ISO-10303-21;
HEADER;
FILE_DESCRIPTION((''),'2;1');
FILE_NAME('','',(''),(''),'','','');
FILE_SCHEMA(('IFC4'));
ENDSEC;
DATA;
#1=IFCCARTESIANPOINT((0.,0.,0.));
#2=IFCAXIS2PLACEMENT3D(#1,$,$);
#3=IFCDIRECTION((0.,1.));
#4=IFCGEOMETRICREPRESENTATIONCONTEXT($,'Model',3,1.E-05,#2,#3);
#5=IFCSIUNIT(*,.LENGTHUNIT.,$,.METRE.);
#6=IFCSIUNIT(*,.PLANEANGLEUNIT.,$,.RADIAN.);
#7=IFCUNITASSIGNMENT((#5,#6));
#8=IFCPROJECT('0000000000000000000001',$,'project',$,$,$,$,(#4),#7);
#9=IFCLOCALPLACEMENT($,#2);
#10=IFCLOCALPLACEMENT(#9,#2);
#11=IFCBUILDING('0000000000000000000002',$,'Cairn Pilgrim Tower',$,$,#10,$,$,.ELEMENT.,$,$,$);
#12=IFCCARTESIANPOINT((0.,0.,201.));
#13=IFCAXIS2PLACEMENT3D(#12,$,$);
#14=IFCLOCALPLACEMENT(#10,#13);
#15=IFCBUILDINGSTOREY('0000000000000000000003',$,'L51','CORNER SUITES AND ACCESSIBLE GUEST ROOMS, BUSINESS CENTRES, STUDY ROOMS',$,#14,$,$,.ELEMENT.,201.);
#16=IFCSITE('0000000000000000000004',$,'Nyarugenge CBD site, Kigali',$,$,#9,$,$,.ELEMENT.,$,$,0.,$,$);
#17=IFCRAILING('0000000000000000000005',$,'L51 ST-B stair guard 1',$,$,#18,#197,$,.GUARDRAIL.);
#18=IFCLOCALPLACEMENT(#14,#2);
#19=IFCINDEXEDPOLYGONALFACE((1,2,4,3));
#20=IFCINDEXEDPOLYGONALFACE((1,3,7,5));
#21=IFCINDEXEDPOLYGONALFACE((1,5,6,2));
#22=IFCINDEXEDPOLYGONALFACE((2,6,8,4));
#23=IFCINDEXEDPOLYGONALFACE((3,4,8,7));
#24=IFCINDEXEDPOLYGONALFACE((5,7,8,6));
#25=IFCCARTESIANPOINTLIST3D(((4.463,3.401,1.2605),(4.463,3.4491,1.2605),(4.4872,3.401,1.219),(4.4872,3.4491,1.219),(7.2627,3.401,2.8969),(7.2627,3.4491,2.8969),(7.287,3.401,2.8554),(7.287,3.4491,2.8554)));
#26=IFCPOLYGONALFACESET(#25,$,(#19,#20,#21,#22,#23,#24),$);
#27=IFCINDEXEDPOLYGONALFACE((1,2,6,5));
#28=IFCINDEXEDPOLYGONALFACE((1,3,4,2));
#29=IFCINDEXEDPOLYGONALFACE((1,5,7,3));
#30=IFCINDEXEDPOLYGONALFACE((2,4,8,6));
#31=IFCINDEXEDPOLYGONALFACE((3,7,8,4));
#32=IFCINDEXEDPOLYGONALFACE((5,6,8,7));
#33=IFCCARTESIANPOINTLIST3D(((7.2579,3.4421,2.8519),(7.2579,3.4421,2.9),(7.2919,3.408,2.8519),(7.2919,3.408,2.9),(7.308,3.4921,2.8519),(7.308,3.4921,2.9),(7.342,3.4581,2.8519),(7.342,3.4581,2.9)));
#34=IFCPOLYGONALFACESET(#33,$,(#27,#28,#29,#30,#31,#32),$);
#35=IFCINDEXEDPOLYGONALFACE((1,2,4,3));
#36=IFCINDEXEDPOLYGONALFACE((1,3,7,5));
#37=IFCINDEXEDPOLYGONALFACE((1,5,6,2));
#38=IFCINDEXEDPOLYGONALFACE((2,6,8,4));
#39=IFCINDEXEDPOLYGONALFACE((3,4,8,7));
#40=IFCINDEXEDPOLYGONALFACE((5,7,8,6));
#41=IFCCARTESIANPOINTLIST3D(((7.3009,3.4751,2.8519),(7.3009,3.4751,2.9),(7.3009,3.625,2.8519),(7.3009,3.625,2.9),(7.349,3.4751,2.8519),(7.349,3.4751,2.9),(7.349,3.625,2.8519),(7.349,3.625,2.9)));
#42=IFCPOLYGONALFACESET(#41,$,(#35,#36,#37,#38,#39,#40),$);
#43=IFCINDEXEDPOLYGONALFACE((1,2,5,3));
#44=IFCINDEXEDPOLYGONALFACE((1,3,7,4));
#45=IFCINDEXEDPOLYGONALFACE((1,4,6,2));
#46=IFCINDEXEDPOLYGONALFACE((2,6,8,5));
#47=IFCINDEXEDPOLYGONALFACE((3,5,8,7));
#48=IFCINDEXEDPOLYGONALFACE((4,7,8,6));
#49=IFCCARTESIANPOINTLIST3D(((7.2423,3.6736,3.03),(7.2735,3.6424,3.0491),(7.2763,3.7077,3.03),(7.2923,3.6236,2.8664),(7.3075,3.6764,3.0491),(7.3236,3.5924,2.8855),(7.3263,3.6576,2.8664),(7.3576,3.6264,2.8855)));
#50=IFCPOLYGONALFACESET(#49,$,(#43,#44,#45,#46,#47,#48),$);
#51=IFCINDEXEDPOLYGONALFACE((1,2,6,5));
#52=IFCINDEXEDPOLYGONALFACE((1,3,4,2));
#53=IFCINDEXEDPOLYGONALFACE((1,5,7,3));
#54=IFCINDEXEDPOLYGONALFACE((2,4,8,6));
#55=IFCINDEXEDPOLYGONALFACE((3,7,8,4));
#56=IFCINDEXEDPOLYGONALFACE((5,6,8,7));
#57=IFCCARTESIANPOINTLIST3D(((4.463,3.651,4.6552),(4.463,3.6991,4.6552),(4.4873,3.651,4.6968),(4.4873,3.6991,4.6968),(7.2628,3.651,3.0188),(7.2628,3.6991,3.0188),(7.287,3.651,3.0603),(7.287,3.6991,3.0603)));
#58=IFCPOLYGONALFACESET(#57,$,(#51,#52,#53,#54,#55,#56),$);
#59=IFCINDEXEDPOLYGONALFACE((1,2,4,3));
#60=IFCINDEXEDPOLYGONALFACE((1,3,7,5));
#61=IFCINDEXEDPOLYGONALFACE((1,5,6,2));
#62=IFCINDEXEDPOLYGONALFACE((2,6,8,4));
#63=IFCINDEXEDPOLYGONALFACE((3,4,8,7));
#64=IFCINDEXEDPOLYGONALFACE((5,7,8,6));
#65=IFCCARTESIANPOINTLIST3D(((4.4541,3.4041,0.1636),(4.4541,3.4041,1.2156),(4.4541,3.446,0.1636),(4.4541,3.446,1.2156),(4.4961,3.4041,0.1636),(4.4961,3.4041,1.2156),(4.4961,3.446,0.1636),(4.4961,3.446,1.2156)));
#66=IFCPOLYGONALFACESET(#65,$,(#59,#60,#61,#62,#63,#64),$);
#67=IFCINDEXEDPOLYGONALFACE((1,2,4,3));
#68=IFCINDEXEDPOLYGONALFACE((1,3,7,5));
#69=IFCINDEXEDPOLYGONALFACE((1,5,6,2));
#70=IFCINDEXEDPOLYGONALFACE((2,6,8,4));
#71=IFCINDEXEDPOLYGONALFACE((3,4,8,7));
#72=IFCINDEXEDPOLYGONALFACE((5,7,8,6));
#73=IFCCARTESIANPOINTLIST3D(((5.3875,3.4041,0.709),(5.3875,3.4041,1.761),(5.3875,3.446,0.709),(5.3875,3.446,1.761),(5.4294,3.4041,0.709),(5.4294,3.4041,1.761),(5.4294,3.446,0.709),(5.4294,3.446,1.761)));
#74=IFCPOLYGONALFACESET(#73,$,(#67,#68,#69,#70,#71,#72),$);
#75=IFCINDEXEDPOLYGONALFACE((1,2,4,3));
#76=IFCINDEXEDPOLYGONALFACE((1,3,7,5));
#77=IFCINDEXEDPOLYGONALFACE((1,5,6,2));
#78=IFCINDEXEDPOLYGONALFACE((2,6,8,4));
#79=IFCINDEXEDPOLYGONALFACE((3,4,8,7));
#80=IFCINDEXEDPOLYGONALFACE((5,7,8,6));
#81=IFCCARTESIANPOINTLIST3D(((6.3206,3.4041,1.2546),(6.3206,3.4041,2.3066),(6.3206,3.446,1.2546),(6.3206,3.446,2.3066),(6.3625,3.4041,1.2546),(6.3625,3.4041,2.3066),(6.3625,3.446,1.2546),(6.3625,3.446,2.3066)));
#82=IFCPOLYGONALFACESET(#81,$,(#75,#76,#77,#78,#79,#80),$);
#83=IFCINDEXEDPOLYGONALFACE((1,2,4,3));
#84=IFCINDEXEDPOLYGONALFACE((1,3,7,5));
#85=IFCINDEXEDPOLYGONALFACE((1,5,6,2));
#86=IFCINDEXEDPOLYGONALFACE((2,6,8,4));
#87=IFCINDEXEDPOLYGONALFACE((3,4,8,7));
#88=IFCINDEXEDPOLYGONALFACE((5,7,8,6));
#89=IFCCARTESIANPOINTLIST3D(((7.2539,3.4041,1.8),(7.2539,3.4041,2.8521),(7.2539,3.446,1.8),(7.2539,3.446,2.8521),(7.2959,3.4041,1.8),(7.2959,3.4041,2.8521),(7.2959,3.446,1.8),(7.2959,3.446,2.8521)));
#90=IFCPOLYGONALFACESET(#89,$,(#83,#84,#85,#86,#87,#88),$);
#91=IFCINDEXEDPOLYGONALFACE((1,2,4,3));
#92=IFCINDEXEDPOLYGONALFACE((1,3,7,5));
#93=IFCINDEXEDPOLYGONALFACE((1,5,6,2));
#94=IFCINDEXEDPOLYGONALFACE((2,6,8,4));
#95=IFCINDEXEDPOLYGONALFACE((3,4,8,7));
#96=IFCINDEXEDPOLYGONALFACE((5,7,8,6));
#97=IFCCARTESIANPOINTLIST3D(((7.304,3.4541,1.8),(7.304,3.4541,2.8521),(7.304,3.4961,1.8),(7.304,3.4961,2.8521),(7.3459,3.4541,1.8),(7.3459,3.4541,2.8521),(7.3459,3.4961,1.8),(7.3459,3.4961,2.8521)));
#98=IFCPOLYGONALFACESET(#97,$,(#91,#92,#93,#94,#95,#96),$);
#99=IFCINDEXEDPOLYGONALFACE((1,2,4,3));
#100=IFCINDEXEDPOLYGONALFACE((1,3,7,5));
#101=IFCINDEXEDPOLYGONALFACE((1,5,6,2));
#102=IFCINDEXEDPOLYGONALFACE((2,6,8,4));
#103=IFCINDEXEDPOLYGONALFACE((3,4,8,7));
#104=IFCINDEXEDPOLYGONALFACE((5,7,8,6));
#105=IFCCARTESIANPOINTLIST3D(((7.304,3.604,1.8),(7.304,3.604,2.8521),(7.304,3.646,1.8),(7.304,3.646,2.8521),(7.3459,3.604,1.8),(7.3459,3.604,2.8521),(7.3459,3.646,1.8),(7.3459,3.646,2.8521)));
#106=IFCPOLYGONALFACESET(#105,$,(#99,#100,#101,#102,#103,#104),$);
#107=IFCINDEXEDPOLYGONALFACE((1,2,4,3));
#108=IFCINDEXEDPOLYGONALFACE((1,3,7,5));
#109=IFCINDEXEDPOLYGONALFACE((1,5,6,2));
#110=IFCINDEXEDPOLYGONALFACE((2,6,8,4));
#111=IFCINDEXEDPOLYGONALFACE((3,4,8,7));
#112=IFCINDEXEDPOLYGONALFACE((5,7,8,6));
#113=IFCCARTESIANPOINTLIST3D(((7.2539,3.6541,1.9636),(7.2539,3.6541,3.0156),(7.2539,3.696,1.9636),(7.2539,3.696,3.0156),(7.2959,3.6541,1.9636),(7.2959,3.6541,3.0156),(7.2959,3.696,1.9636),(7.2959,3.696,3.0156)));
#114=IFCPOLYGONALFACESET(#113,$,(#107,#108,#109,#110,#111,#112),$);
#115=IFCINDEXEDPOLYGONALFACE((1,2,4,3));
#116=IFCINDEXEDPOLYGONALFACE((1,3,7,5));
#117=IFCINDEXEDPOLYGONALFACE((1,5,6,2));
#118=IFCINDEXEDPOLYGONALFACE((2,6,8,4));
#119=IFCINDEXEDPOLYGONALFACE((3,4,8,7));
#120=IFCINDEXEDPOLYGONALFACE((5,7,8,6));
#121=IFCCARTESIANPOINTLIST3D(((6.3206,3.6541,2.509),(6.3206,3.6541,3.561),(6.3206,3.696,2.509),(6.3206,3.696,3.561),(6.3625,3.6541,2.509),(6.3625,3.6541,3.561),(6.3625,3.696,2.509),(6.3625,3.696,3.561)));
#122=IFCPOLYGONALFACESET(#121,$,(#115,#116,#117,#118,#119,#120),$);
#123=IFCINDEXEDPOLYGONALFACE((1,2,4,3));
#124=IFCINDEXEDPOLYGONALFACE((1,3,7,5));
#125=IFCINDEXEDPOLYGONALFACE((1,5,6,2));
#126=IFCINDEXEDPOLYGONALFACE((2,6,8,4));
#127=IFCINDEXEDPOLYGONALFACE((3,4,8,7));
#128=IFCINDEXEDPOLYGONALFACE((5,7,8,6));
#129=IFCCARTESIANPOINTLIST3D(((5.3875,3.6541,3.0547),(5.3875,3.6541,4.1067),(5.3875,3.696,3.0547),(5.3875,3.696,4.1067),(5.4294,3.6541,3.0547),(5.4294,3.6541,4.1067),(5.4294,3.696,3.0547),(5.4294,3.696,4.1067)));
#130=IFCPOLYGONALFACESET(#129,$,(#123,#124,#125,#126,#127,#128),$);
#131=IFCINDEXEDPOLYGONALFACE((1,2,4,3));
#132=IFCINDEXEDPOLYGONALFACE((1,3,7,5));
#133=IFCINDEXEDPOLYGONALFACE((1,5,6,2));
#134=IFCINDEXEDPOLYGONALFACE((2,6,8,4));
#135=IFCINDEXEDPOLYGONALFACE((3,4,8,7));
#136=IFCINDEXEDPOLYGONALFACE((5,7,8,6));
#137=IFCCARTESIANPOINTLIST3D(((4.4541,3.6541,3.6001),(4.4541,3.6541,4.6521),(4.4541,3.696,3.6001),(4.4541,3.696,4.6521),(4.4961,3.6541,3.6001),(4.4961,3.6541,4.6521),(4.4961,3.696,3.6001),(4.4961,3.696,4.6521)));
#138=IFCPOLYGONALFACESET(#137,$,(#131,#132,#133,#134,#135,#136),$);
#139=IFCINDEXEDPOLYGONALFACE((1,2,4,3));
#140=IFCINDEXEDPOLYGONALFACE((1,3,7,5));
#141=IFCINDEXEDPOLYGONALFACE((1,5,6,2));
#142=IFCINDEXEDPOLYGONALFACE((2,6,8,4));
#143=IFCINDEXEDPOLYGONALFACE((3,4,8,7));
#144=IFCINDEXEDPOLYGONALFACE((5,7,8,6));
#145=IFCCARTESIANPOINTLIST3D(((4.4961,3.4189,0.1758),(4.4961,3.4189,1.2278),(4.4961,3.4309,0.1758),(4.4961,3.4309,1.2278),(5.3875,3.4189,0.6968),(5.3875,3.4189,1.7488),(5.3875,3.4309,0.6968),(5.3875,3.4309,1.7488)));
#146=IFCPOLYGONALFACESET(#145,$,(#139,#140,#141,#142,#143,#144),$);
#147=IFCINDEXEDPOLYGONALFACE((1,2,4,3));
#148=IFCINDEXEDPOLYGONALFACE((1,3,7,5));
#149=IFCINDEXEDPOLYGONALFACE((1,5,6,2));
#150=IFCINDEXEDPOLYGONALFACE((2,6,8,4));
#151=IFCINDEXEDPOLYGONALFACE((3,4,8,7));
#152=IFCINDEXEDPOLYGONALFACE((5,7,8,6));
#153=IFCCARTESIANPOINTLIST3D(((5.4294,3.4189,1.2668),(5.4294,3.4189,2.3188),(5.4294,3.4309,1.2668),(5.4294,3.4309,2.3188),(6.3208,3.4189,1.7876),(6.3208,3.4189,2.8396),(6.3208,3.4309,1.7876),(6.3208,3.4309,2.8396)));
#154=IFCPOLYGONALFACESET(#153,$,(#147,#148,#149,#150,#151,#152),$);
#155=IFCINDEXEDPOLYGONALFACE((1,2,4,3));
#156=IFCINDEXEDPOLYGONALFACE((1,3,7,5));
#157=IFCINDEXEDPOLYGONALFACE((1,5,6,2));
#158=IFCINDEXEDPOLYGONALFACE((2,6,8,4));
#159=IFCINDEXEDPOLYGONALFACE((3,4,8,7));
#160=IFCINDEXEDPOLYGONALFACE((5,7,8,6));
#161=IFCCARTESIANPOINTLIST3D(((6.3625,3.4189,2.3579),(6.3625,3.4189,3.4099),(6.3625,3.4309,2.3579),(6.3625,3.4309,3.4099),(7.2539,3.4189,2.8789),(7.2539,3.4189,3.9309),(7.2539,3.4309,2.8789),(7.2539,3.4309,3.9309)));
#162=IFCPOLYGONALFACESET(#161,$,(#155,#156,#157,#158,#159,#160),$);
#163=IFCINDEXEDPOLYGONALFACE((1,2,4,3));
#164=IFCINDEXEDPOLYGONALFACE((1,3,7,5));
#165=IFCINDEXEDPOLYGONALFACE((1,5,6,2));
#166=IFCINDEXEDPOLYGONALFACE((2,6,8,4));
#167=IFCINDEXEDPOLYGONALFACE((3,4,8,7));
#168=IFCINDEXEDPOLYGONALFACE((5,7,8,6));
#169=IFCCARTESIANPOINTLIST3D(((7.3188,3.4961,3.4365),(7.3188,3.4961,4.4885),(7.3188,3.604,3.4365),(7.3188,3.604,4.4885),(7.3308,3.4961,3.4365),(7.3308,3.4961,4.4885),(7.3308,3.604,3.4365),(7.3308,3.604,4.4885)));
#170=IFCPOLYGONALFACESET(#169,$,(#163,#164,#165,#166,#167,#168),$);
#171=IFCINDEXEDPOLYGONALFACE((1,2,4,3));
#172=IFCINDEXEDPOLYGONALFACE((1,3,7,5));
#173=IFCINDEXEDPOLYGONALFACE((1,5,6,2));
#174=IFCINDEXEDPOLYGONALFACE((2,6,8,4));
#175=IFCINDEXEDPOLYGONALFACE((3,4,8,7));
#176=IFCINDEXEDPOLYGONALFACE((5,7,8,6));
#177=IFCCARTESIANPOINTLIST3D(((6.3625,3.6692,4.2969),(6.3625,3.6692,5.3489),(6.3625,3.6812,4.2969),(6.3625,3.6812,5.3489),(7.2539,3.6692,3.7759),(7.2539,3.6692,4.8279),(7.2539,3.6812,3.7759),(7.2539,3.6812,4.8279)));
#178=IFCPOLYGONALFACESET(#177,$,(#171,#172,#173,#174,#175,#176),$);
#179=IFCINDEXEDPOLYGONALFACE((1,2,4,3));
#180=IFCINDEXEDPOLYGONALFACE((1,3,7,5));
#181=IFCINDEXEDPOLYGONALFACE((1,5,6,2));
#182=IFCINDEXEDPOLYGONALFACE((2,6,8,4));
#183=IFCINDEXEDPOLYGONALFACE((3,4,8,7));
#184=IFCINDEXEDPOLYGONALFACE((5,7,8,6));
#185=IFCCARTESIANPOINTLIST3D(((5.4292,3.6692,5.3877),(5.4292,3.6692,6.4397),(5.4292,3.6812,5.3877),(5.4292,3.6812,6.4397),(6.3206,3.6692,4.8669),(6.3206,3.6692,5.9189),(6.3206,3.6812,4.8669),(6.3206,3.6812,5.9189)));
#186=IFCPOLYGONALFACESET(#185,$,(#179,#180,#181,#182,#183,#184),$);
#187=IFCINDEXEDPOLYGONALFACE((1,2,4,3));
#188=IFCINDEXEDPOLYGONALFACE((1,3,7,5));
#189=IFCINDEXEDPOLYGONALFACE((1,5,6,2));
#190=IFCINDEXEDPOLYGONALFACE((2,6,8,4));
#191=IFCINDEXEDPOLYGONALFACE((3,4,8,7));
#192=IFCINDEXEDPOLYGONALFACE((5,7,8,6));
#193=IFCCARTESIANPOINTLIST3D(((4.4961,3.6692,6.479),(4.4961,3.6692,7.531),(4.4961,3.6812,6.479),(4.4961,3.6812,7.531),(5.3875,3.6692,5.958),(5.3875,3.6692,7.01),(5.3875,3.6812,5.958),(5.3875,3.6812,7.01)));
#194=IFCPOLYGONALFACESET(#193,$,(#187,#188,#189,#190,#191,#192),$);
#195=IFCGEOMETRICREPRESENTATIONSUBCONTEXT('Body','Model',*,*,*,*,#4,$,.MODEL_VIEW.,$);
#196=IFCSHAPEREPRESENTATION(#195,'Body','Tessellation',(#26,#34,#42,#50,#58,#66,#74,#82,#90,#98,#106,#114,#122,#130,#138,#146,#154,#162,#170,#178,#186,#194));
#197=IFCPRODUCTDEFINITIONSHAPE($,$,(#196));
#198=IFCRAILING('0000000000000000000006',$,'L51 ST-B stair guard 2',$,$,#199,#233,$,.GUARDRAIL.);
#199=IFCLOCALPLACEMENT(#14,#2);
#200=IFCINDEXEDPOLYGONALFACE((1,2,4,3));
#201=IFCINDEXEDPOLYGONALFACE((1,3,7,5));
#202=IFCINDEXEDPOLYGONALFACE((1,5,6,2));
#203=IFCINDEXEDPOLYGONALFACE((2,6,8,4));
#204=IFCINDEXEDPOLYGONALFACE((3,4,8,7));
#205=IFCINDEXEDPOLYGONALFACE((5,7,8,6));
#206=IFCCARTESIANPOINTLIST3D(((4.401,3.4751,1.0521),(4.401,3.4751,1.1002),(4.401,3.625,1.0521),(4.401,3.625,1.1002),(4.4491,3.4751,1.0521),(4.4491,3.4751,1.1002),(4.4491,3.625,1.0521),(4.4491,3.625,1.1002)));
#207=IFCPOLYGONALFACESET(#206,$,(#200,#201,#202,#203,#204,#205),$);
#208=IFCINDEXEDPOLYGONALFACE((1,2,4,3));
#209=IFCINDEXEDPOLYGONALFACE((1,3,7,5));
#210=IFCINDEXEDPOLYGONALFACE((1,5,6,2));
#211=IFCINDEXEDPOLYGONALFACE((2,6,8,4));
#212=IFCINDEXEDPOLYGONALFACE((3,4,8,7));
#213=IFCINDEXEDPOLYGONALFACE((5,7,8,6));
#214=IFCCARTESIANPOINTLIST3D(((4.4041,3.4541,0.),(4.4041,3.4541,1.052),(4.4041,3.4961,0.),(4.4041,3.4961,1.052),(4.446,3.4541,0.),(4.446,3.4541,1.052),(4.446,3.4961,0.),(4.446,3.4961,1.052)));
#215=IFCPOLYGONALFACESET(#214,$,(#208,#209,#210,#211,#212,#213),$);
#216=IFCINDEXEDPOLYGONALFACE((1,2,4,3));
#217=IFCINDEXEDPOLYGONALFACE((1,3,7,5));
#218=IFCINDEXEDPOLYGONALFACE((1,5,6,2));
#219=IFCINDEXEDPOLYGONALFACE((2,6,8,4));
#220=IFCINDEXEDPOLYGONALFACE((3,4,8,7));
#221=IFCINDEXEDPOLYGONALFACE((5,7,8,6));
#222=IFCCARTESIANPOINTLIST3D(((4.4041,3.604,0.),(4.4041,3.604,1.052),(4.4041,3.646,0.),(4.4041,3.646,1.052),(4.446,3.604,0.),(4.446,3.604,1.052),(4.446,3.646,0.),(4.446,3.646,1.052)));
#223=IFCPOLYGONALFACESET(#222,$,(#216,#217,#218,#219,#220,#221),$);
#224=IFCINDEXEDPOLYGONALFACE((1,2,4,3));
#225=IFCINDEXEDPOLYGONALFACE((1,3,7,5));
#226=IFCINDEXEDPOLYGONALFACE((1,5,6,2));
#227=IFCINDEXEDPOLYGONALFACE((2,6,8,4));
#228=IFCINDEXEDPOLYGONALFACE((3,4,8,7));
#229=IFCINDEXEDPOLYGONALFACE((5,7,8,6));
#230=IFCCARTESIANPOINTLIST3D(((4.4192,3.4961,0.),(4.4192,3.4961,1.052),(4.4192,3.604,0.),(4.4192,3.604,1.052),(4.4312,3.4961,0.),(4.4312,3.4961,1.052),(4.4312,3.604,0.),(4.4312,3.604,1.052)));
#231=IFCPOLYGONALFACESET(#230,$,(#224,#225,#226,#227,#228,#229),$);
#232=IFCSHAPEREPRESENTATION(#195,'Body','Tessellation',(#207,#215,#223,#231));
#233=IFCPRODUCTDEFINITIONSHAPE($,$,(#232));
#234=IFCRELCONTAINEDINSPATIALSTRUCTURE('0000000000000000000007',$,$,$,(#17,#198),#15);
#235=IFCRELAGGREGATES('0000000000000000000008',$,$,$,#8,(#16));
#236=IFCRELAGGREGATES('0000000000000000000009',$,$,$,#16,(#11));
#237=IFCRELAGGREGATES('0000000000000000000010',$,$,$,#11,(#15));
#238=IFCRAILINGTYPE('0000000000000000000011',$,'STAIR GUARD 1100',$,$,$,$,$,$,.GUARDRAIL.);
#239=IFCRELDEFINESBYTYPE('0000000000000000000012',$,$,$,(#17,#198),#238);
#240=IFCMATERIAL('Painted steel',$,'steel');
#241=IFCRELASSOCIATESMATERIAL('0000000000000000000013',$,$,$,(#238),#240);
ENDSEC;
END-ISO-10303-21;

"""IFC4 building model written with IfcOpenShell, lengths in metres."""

from ifc_helpers import new_model, si_unit, direction, frame, origin, origin_2d, place, context, subcontext, project, spatial, polyline, rectangle, outline, extrude, material, type_object, element, save


model = new_model("IFC4")

# Units and contexts
model_context = context("Model", 3, precision=1e-05, world=origin(), true_north=direction((0.0, 1.0)))
body_context = subcontext(model_context, "Body", "Model", "MODEL_VIEW")
ifc_project = project(units=[si_unit("LENGTHUNIT", "METRE"), si_unit("PLANEANGLEUNIT", "RADIAN")], contexts=[model_context])

# Site, building, storey
site_placement = place(None, origin())
site = spatial("IfcSite", under=ifc_project, at=site_placement, Name="Nyarugenge CBD site, Kigali", CompositionType="ELEMENT", RefElevation=0.0)
building_placement = place(site_placement, origin())
building = spatial("IfcBuilding", under=site, at=building_placement, Name="Cairn Pilgrim Tower", CompositionType="ELEMENT")
storey_placement = place(building_placement, frame((0.0, 0.0, 201.0)))
storey = spatial("IfcBuildingStorey", under=building, at=storey_placement, Name="L51", Description="CORNER SUITES AND ACCESSIBLE GUEST ROOMS, BUSINESS CENTRES, STUDY ROOMS", CompositionType="ELEMENT", Elevation=201.0)

# Shared definitions
ifc_material_1 = material(Name="Painted steel", Category="steel")

# Railings
railing_type_1 = type_object("IfcRailingType", Name="STAIR GUARD 1100", PredefinedType="GUARDRAIL", material=ifc_material_1)
railing_1_placement = place(storey_placement, frame((4.4751, 3.425, 0.1636)))
element("IfcRailing", 1, at=railing_1_placement, inside=storey, type_object=railing_type_1, Name="L51 ST-B stair guard 1", PredefinedType="GUARDRAIL", context=body_context, shape_type="SweptSolid", body=[
    extrude(rectangle(XDim=0.0481, YDim=0.0481, at=origin_2d()), frame((0.0, 0.0, 1.0762), z_axis=(0.863342, 0.0, 0.50462), x_axis=(0.0, 1.0, 0.0)), (0.0, 0.0, 1.0), 3.2429),
    extrude(rectangle(XDim=0.0481, YDim=0.0481, at=origin_2d()), frame((2.7998, 0.0, 2.7124), z_axis=(0.707107, 0.707107, 0.0), x_axis=(-0.707107, 0.707107, 0.0)), (0.0, 0.0, 1.0), 0.0708),
    extrude(rectangle(XDim=0.0481, YDim=0.0481, at=origin_2d()), frame((2.8499, 0.05, 2.7124), z_axis=(0.0, 1.0, 0.0), x_axis=(-1.0, 0.0, 0.0)), (0.0, 0.0, 1.0), 0.1499),
    extrude(rectangle(XDim=0.0481, YDim=0.0481, at=origin_2d()), frame((2.8499, 0.2, 2.7124), z_axis=(-0.280809, 0.280809, 0.917765), x_axis=(-0.707107, -0.707107, 0.0)), (0.0, 0.0, 1.0), 0.1782),
    extrude(rectangle(XDim=0.0481, YDim=0.0481, at=origin_2d()), frame((2.7998, 0.25, 2.876), z_axis=(-0.863342, 0.0, 0.50462), x_axis=(0.0, -1.0, 0.0)), (0.0, 0.0, 1.0), 3.2429),
    extrude(rectangle(XDim=0.042, YDim=0.042, at=origin_2d()), origin(), (0.0, 0.0, 1.0), 1.052),
    extrude(rectangle(XDim=0.042, YDim=0.042, at=origin_2d()), frame((0.9333, 0.0, 0.5454)), (0.0, 0.0, 1.0), 1.052),
    extrude(rectangle(XDim=0.042, YDim=0.042, at=origin_2d()), frame((1.8665, 0.0, 1.0911)), (0.0, 0.0, 1.0), 1.052),
    extrude(rectangle(XDim=0.042, YDim=0.042, at=origin_2d()), frame((2.7998, 0.0, 1.6365)), (0.0, 0.0, 1.0), 1.052),
    extrude(rectangle(XDim=0.042, YDim=0.042, at=origin_2d()), frame((2.8499, 0.05, 1.6365)), (0.0, 0.0, 1.0), 1.052),
    extrude(rectangle(XDim=0.042, YDim=0.042, at=origin_2d()), frame((2.8499, 0.2, 1.6365)), (0.0, 0.0, 1.0), 1.052),
    extrude(rectangle(XDim=0.042, YDim=0.042, at=origin_2d()), frame((2.7998, 0.25, 1.8)), (0.0, 0.0, 1.0), 1.052),
    extrude(rectangle(XDim=0.042, YDim=0.042, at=origin_2d()), frame((1.8665, 0.25, 2.3455)), (0.0, 0.0, 1.0), 1.052),
    extrude(rectangle(XDim=0.042, YDim=0.042, at=origin_2d()), frame((0.9333, 0.25, 2.8911)), (0.0, 0.0, 1.0), 1.052),
    extrude(rectangle(XDim=0.042, YDim=0.042, at=origin_2d()), frame((0.0, 0.25, 3.4365)), (0.0, 0.0, 1.0), 1.052),
    extrude(outline(polyline([(0.021, 0.0122), (0.9124, 0.5332), (0.9124, 1.5852), (0.021, 1.0642), (0.021, 0.0122)])), frame((0.0, 0.0059, 0.0), z_axis=(0.0, -1.0, 0.0), x_axis=(1.0, 0.0, 0.0)), (0.0, 0.0, 1.0), 0.012),
    extrude(outline(polyline([(0.021, 0.5579), (0.9124, 1.0786), (0.9124, 2.1306), (0.021, 1.6099), (0.021, 0.5579)])), frame((0.9333, 0.0059, 0.5454), z_axis=(0.0, -1.0, 0.0), x_axis=(1.0, 0.0, 0.0)), (0.0, 0.0, 1.0), 0.012),
    extrude(outline(polyline([(0.021, 1.1033), (0.9124, 1.6243), (0.9124, 2.6763), (0.021, 2.1553), (0.021, 1.1033)])), frame((1.8665, 0.0059, 1.0911), z_axis=(0.0, -1.0, 0.0), x_axis=(1.0, 0.0, 0.0)), (0.0, 0.0, 1.0), 0.012),
    extrude(outline(polyline([(0.021, 1.6365), (0.1289, 1.6365), (0.1289, 2.6885), (0.021, 2.6885), (0.021, 1.6365)])), frame((2.8438, 0.05, 1.6365), z_axis=(1.0, 0.0, 0.0), x_axis=(0.0, 1.0, 0.0)), (0.0, 0.0, 1.0), 0.012),
    extrude(outline(polyline([(0.021, 1.8123), (0.9124, 2.3333), (0.9124, 3.3853), (0.021, 2.8643), (0.021, 1.8123)])), frame((2.7998, 0.2441, 1.8), z_axis=(0.0, 1.0, 0.0), x_axis=(-1.0, 0.0, 0.0)), (0.0, 0.0, 1.0), 0.012),
    extrude(outline(polyline([(0.021, 2.3579), (0.9124, 2.8787), (0.9124, 3.9307), (0.021, 3.4099), (0.021, 2.3579)])), frame((1.8665, 0.2441, 2.3455), z_axis=(0.0, 1.0, 0.0), x_axis=(-1.0, 0.0, 0.0)), (0.0, 0.0, 1.0), 0.012),
    extrude(outline(polyline([(0.021, 2.9033), (0.9124, 3.4243), (0.9124, 4.4763), (0.021, 3.9553), (0.021, 2.9033)])), frame((0.9333, 0.2441, 2.8911), z_axis=(0.0, 1.0, 0.0), x_axis=(-1.0, 0.0, 0.0)), (0.0, 0.0, 1.0), 0.012),
])
railing_2_placement = place(storey_placement, frame((4.425, 3.4751, 0.0)))
element("IfcRailing", 2, at=railing_2_placement, inside=storey, type_object=railing_type_1, Name="L51 ST-B stair guard 2", PredefinedType="GUARDRAIL", context=body_context, shape_type="SweptSolid", body=[
    extrude(rectangle(XDim=0.0481, YDim=0.0481, at=origin_2d()), frame((0.0, 0.0, 1.0762), z_axis=(0.0, 1.0, 0.0), x_axis=(-1.0, 0.0, 0.0)), (0.0, 0.0, 1.0), 0.1499),
    extrude(rectangle(XDim=0.042, YDim=0.042, at=origin_2d()), origin(), (0.0, 0.0, 1.0), 1.052),
    extrude(rectangle(XDim=0.042, YDim=0.042, at=origin_2d()), frame((0.0, 0.1499, 0.0)), (0.0, 0.0, 1.0), 1.052),
    extrude(outline(polyline([(0.021, 0.0), (0.1289, 0.0), (0.1289, 1.052), (0.021, 1.052), (0.021, 0.0)])), frame((-0.0059, 0.0, 0.0), z_axis=(1.0, 0.0, 0.0), x_axis=(0.0, 1.0, 0.0)), (0.0, 0.0, 1.0), 0.012),
])

save(model, "model.ifc")
